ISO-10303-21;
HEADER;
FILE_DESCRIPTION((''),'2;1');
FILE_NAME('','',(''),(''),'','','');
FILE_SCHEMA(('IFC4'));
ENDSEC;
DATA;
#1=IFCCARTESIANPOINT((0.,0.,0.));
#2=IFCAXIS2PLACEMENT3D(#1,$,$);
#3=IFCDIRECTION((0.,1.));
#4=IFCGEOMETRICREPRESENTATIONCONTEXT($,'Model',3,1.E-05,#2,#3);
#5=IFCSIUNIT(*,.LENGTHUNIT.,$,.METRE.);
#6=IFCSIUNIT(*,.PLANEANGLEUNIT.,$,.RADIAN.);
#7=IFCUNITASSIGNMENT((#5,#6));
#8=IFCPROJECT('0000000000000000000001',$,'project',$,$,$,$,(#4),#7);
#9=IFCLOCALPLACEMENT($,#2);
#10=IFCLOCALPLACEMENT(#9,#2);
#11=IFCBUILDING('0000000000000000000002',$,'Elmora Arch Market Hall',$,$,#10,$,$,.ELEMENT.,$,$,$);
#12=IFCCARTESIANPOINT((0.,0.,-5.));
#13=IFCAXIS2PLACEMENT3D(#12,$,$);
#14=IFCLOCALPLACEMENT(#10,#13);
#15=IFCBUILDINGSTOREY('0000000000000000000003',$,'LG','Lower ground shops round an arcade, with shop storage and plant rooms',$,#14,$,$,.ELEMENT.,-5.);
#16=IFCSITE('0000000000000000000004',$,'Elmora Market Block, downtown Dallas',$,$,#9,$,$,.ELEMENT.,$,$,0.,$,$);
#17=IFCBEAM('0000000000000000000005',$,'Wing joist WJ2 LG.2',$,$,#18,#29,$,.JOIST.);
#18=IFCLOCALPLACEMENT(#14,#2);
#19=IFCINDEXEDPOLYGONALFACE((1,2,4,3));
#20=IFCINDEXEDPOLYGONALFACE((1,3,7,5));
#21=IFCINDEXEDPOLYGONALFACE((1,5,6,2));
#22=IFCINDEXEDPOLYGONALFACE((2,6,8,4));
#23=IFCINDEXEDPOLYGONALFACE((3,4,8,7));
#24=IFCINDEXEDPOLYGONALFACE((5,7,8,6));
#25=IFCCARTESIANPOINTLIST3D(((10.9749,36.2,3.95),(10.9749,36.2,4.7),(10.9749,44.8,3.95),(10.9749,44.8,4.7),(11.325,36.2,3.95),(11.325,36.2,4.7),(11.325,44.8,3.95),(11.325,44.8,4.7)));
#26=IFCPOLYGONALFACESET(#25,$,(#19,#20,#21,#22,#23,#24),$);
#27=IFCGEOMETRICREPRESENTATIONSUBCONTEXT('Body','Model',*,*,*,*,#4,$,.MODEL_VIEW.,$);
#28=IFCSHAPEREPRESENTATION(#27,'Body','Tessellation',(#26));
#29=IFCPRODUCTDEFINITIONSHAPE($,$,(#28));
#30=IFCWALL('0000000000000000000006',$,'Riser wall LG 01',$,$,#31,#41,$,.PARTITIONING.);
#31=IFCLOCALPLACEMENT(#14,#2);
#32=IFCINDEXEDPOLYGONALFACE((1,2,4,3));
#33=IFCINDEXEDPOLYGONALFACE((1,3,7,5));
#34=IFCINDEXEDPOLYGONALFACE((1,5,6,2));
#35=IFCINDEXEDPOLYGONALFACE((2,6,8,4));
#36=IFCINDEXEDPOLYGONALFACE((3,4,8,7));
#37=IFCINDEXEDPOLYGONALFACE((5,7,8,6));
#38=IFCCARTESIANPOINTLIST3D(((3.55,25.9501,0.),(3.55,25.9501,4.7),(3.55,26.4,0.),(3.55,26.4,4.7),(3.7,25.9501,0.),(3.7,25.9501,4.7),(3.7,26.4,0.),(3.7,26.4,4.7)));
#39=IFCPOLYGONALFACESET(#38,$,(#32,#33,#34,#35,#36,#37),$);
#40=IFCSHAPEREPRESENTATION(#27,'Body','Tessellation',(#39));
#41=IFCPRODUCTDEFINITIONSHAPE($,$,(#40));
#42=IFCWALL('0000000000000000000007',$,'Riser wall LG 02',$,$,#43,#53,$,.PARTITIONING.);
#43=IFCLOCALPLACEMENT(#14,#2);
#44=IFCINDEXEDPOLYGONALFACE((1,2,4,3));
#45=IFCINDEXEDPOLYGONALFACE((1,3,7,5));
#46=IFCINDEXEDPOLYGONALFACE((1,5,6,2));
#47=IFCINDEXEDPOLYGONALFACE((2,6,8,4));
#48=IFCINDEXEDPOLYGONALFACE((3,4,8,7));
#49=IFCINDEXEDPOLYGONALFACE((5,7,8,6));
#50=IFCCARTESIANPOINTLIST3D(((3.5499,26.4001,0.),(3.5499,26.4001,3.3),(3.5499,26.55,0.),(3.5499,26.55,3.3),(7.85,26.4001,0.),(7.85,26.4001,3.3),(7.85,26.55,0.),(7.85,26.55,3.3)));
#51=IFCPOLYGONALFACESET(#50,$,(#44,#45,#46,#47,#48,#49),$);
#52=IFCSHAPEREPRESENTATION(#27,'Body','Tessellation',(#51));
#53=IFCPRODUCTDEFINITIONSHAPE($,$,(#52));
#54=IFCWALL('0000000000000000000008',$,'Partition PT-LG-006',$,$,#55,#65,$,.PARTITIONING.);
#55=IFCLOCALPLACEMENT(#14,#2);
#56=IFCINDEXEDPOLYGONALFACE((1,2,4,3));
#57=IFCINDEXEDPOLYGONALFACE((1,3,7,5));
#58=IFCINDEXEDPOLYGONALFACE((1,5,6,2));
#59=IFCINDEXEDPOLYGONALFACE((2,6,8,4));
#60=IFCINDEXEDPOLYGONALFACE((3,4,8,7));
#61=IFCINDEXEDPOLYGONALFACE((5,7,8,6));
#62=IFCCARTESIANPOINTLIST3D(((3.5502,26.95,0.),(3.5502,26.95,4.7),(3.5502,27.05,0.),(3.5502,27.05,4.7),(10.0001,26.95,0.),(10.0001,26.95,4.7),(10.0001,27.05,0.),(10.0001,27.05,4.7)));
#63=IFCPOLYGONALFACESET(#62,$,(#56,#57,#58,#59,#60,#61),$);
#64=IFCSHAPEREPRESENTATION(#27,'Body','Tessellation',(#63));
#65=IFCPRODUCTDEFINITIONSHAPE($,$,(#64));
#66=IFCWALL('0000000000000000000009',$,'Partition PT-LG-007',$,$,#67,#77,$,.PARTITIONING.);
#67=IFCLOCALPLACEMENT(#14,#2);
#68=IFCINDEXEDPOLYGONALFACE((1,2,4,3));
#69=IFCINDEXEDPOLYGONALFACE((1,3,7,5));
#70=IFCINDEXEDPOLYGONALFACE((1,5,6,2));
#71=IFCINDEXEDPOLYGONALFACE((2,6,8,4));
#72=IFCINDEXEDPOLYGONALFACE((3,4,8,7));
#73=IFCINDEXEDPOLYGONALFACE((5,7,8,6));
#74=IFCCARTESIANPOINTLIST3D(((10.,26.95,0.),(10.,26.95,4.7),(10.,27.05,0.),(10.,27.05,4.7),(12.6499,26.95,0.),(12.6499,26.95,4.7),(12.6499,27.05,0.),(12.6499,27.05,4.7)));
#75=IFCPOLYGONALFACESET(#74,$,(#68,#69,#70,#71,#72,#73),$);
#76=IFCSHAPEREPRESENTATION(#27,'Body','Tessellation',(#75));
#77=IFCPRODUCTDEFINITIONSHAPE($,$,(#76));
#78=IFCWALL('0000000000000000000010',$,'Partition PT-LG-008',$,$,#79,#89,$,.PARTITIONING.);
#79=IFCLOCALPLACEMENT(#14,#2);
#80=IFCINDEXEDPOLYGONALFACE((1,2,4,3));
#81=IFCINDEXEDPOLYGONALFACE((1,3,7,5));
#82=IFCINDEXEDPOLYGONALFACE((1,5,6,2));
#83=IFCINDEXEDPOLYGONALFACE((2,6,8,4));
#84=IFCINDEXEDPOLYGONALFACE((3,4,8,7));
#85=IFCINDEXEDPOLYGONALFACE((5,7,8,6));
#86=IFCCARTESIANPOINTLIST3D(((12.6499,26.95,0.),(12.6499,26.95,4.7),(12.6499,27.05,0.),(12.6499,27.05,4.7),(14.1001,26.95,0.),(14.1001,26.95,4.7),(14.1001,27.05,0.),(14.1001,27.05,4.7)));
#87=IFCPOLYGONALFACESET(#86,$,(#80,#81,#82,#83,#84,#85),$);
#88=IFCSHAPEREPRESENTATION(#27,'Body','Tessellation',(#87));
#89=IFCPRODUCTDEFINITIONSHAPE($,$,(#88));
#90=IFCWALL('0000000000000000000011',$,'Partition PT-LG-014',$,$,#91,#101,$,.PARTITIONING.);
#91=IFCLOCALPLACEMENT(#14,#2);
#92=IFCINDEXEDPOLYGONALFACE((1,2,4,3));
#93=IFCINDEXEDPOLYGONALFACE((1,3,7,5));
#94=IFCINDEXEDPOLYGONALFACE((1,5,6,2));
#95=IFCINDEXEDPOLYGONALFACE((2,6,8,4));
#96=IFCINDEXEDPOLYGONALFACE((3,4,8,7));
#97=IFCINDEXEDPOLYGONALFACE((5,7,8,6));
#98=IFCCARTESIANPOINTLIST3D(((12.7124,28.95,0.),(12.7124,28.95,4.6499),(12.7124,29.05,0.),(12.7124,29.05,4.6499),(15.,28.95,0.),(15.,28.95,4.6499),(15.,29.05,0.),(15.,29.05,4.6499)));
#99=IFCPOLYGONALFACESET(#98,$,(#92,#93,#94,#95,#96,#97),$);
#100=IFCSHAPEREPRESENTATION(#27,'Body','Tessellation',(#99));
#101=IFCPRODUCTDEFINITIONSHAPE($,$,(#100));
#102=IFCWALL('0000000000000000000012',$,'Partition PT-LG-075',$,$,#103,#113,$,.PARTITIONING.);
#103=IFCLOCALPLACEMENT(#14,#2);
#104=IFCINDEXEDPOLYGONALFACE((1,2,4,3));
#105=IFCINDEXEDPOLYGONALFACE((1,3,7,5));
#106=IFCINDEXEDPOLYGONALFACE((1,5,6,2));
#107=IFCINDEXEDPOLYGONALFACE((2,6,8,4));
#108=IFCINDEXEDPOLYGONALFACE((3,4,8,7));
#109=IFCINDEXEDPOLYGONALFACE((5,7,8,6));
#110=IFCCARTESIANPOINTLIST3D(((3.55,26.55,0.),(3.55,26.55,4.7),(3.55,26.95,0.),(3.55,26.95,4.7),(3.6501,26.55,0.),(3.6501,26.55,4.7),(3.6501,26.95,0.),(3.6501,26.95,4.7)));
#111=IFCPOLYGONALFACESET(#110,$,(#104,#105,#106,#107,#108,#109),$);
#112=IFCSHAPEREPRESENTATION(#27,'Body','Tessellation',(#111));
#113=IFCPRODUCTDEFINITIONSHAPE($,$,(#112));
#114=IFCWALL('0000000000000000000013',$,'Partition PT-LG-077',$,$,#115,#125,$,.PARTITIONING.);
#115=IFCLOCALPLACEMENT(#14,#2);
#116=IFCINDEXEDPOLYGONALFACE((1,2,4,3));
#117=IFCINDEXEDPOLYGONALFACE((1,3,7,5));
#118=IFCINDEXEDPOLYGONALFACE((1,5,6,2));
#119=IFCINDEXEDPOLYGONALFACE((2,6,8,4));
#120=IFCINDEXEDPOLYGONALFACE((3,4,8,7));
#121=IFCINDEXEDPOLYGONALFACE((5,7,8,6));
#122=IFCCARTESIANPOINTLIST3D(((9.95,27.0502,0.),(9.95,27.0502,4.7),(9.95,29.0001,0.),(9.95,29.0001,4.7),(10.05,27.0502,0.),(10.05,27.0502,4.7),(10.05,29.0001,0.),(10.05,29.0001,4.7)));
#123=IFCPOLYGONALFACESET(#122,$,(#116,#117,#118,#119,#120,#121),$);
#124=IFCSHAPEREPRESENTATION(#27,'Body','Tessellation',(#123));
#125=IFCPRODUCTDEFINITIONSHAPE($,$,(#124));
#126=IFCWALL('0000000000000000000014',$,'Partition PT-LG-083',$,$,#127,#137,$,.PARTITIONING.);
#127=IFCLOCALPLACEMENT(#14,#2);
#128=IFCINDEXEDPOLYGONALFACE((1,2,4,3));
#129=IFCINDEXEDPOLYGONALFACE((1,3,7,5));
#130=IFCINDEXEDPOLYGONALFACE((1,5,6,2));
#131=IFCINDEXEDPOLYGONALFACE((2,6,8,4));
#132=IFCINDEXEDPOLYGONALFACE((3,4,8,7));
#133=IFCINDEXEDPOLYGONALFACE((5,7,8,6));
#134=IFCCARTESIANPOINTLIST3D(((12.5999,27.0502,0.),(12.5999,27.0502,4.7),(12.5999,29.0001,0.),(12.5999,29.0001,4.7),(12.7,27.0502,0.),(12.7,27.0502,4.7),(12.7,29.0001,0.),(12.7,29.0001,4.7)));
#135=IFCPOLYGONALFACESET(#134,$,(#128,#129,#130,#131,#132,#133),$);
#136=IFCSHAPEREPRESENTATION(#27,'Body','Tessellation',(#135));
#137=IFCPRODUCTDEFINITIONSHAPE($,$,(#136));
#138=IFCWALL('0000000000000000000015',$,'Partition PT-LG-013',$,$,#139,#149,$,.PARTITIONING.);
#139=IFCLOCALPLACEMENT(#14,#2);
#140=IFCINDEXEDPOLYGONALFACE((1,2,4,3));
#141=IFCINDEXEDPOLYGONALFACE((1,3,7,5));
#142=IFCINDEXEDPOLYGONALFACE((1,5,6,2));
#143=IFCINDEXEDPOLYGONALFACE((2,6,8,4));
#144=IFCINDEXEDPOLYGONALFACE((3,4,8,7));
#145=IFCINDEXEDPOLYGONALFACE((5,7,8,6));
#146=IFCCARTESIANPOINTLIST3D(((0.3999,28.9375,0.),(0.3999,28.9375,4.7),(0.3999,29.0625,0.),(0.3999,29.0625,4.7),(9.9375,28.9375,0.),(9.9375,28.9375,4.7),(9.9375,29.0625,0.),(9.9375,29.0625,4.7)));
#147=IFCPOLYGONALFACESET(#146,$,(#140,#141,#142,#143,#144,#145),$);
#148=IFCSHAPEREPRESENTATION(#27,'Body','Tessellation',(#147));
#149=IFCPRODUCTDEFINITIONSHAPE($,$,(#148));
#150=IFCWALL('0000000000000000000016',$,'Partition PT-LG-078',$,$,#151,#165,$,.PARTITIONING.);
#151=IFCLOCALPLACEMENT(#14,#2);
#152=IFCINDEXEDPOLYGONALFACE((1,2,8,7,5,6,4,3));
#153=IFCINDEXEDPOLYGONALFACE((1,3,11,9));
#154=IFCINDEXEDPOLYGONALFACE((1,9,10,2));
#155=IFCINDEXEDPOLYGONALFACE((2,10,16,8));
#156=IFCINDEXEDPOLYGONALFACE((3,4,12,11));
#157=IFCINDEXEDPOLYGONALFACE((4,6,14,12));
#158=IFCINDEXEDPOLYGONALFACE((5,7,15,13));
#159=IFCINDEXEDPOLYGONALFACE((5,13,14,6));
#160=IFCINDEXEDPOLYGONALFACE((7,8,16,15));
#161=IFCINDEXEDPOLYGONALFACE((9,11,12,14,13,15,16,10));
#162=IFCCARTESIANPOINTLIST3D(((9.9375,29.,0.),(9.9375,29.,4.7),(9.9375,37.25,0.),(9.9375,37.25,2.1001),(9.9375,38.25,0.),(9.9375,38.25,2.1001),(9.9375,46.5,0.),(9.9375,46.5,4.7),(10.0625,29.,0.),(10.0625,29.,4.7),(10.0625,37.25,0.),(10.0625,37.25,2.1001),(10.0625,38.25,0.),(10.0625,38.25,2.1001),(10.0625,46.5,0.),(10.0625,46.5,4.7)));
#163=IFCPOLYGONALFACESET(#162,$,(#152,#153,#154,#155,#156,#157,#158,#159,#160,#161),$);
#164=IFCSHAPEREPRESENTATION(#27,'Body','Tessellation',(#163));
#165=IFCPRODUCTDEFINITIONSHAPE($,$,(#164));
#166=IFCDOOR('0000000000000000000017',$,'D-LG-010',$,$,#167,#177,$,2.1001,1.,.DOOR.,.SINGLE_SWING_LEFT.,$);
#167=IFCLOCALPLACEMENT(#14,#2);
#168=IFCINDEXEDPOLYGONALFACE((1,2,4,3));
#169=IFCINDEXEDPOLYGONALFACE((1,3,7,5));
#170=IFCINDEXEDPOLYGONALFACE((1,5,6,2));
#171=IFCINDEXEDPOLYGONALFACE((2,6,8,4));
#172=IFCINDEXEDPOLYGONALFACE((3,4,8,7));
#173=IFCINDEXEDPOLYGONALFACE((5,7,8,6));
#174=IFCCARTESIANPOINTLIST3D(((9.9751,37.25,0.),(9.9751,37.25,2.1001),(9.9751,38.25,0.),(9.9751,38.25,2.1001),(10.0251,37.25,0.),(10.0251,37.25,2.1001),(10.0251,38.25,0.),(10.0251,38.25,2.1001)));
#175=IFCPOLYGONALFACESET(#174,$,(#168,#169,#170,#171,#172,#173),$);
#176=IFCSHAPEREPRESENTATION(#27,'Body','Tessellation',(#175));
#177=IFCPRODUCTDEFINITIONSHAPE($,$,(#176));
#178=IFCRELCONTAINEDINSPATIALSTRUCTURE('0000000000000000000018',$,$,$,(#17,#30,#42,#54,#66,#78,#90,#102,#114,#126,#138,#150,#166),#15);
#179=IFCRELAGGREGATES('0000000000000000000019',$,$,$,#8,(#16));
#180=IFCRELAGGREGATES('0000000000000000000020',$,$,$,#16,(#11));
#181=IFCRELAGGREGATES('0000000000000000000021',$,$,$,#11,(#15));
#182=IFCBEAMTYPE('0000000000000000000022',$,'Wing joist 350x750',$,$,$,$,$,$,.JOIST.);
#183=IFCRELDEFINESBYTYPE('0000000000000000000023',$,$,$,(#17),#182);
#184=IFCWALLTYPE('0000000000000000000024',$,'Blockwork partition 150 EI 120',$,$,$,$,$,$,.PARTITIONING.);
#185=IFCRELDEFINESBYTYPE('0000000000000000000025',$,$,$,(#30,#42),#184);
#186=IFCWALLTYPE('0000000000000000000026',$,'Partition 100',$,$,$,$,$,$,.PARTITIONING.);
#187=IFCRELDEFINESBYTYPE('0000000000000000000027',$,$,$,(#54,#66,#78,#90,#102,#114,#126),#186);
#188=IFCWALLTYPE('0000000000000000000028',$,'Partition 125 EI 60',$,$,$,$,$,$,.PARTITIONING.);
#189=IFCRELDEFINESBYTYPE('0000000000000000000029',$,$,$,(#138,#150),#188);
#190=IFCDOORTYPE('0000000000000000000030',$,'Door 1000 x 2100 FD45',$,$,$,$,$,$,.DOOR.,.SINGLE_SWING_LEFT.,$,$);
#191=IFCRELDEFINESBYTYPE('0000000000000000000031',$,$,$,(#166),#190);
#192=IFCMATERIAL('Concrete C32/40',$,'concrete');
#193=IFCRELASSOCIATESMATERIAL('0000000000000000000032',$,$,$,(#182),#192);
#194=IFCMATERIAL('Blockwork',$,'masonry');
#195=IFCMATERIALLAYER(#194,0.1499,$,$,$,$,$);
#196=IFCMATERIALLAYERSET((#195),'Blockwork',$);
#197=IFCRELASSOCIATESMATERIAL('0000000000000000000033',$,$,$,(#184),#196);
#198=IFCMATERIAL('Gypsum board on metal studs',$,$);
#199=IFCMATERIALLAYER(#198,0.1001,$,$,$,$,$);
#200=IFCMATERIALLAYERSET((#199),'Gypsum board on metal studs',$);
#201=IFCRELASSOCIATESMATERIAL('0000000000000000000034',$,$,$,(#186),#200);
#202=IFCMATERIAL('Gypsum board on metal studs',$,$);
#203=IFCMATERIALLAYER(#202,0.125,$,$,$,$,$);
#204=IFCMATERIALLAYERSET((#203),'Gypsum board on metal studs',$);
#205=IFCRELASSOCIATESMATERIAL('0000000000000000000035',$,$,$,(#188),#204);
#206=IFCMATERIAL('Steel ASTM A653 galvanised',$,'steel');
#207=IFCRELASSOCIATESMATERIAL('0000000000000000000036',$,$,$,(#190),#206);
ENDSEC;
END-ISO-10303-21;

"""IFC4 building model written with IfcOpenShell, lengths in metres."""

from ifc_helpers import new_model, si_unit, direction, frame, frame_2d, origin, origin_2d, place, context, subcontext, project, spatial, rectangle, extrude, material, layer, layer_set, material_profile, profile_set, type_object, element, fill, save


model = new_model("IFC4")

# Units and contexts
model_context = context("Model", 3, precision=1e-05, world=origin(), true_north=direction((0.0, 1.0)))
body_context = subcontext(model_context, "Body", "Model", "MODEL_VIEW")
ifc_project = project(units=[si_unit("LENGTHUNIT", "METRE"), si_unit("PLANEANGLEUNIT", "RADIAN")], contexts=[model_context])

# Site, building, storey
site_placement = place(None, origin())
site = spatial("IfcSite", under=ifc_project, at=site_placement, Name="Elmora Market Block, downtown Dallas", CompositionType="ELEMENT", RefElevation=0.0)
building_placement = place(site_placement, origin())
building = spatial("IfcBuilding", under=site, at=building_placement, Name="Elmora Arch Market Hall", CompositionType="ELEMENT")
storey_placement = place(building_placement, frame((0.0, 0.0, -5.0)))
storey = spatial("IfcBuildingStorey", under=building, at=storey_placement, Name="LG", Description="Lower ground shops round an arcade, with shop storage and plant rooms", CompositionType="ELEMENT", Elevation=-5.0)

# Beam
ifc_material_1 = material(Name="Concrete C32/40", Category="concrete")
ifc_material_profile_1 = material_profile(ifc_material_1, rectangle(XDim=0.3501, YDim=0.75, at=origin_2d()), Name="Wing joist 350x750")
ifc_profile_set_1 = profile_set([ifc_material_profile_1], Name="Concrete C32/40")
beam_type_1 = type_object("IfcBeamType", Name="Wing joist 350x750", PredefinedType="JOIST", material=ifc_profile_set_1)
beam_1_placement = place(storey_placement, frame((11.1499, 36.2, 4.325), z_axis=(0.0, 1.0, 0.0), x_axis=(-1.0, 0.0, 0.0)))
element("IfcBeam", 1, at=beam_1_placement, inside=storey, type_object=beam_type_1, Name="Wing joist WJ2 LG.2", PredefinedType="JOIST", context=body_context, shape_type="SweptSolid", body=[
    extrude(rectangle(XDim=0.3501, YDim=0.75, at=origin_2d()), origin(), (0.0, 0.0, 1.0), 8.6001),
])

# Walls
ifc_material_2 = material(Name="Blockwork", Category="masonry")
ifc_layer_1 = layer(ifc_material_2, 0.1499)
ifc_layer_set_1 = layer_set([ifc_layer_1], Name="Blockwork")
wall_type_1 = type_object("IfcWallType", Name="Blockwork partition 150 EI 120", PredefinedType="PARTITIONING", material=ifc_layer_set_1)
wall_1_placement = place(storey_placement, frame((3.625, 25.95, 0.0), z_axis=(0.0, 0.0, 1.0), x_axis=(0.0, 1.0, 0.0)))
element("IfcWall", 2, at=wall_1_placement, inside=storey, type_object=wall_type_1, Name="Riser wall LG 01", PredefinedType="PARTITIONING", context=body_context, shape_type="SweptSolid", body=[
    extrude(rectangle(XDim=0.45, YDim=0.1499, at=frame_2d((0.2251, 0.0))), origin(), (0.0, 0.0, 1.0), 4.7),
])
wall_2_placement = place(storey_placement, frame((3.55, 26.4751, 0.0), z_axis=(0.0, 0.0, 1.0), x_axis=(1.0, 0.0, 0.0)))
element("IfcWall", 3, at=wall_2_placement, inside=storey, type_object=wall_type_1, Name="Riser wall LG 02", PredefinedType="PARTITIONING", context=body_context, shape_type="SweptSolid", body=[
    extrude(rectangle(XDim=4.3, YDim=0.1499, at=frame_2d((2.1499, 0.0))), origin(), (0.0, 0.0, 1.0), 3.3),
])
ifc_material_3 = material(Name="Gypsum board on metal studs")
ifc_layer_2 = layer(ifc_material_3, 0.1001)
ifc_layer_set_2 = layer_set([ifc_layer_2], Name="Gypsum board on metal studs")
wall_type_2 = type_object("IfcWallType", Name="Partition 100", PredefinedType="PARTITIONING", material=ifc_layer_set_2)
wall_3_placement = place(storey_placement, frame((3.55, 27.0, 0.0), z_axis=(0.0, 0.0, 1.0), x_axis=(1.0, 0.0, 0.0)))
element("IfcWall", 4, at=wall_3_placement, inside=storey, type_object=wall_type_2, Name="Partition PT-LG-006", PredefinedType="PARTITIONING", context=body_context, shape_type="SweptSolid", body=[
    extrude(rectangle(XDim=6.45, YDim=0.1001, at=frame_2d((3.2251, 0.0))), origin(), (0.0, 0.0, 1.0), 4.7),
])
wall_4_placement = place(storey_placement, frame((10.0, 27.0, 0.0), z_axis=(0.0, 0.0, 1.0), x_axis=(1.0, 0.0, 0.0)))
element("IfcWall", 5, at=wall_4_placement, inside=storey, type_object=wall_type_2, Name="Partition PT-LG-007", PredefinedType="PARTITIONING", context=body_context, shape_type="SweptSolid", body=[
    extrude(rectangle(XDim=2.6499, YDim=0.1001, at=frame_2d((1.325, 0.0))), origin(), (0.0, 0.0, 1.0), 4.7),
])
wall_5_placement = place(storey_placement, frame((12.6499, 27.0, 0.0), z_axis=(0.0, 0.0, 1.0), x_axis=(1.0, 0.0, 0.0)))
element("IfcWall", 6, at=wall_5_placement, inside=storey, type_object=wall_type_2, Name="Partition PT-LG-008", PredefinedType="PARTITIONING", context=body_context, shape_type="SweptSolid", body=[
    extrude(rectangle(XDim=1.4502, YDim=0.1001, at=frame_2d((0.7251, 0.0))), origin(), (0.0, 0.0, 1.0), 4.7),
])
wall_6_placement = place(storey_placement, frame((12.7124, 29.0, 0.0), z_axis=(0.0, 0.0, 1.0), x_axis=(1.0, 0.0, 0.0)))
element("IfcWall", 7, at=wall_6_placement, inside=storey, type_object=wall_type_2, Name="Partition PT-LG-014", PredefinedType="PARTITIONING", context=body_context, shape_type="SweptSolid", body=[
    extrude(rectangle(XDim=2.2876, YDim=0.1001, at=frame_2d((1.1438, 0.0))), origin(), (0.0, 0.0, 1.0), 4.6499),
])
wall_7_placement = place(storey_placement, frame((3.6001, 26.55, 0.0), z_axis=(0.0, 0.0, 1.0), x_axis=(0.0, 1.0, 0.0)))
element("IfcWall", 8, at=wall_7_placement, inside=storey, type_object=wall_type_2, Name="Partition PT-LG-075", PredefinedType="PARTITIONING", context=body_context, shape_type="SweptSolid", body=[
    extrude(rectangle(XDim=0.3999, YDim=0.1001, at=frame_2d((0.2, 0.0))), origin(), (0.0, 0.0, 1.0), 4.7),
])
for number, where, z_axis, x_axis, name in (
    (9, (10.0, 27.05, 0.0), (0.0, 0.0, 1.0), (0.0, 1.0, 0.0), "Partition PT-LG-077"),
    (10, (12.6499, 27.05, 0.0), (0.0, 0.0, 1.0), (0.0, 1.0, 0.0), "Partition PT-LG-083"),
):
    element("IfcWall", number, at=place(storey_placement, frame(where, z_axis=z_axis, x_axis=x_axis)), inside=storey, type_object=wall_type_2, Name=name, PredefinedType="PARTITIONING", context=body_context, shape_type="SweptSolid", body=[
        extrude(rectangle(XDim=1.95, YDim=0.1001, at=frame_2d((0.9751, 0.0))), origin(), (0.0, 0.0, 1.0), 4.7),
    ])
ifc_material_4 = material(Name="Gypsum board on metal studs")
ifc_layer_3 = layer(ifc_material_4, 0.125)
ifc_layer_set_3 = layer_set([ifc_layer_3], Name="Gypsum board on metal studs")
wall_type_3 = type_object("IfcWallType", Name="Partition 125 EI 60", PredefinedType="PARTITIONING", material=ifc_layer_set_3)
wall_8_placement = place(storey_placement, frame((0.3999, 29.0, 0.0), z_axis=(0.0, 0.0, 1.0), x_axis=(1.0, 0.0, 0.0)))
element("IfcWall", 11, at=wall_8_placement, inside=storey, type_object=wall_type_3, Name="Partition PT-LG-013", PredefinedType="PARTITIONING", context=body_context, shape_type="SweptSolid", body=[
    extrude(rectangle(XDim=9.5376, YDim=0.125, at=frame_2d((4.7688, 0.0))), origin(), (0.0, 0.0, 1.0), 4.7),
])

# Wall, opening, door
wall_9_placement = place(storey_placement, frame((10.0, 29.0, 0.0), z_axis=(0.0, 0.0, 1.0), x_axis=(0.0, 1.0, 0.0)))
wall_9 = element("IfcWall", 12, at=wall_9_placement, inside=storey, type_object=wall_type_3, Name="Partition PT-LG-078", PredefinedType="PARTITIONING", context=body_context, shape_type="SweptSolid", body=[
    extrude(rectangle(XDim=17.5, YDim=0.125, at=frame_2d((8.75, 0.0))), origin(), (0.0, 0.0, 1.0), 4.7),
])
opening_1_placement = place(wall_9_placement, frame((8.25, 0.0, 0.0)))
opening_1 = element("IfcOpeningElement", 13, at=opening_1_placement, cuts=wall_9, PredefinedType="OPENING", context=body_context, shape_type="SweptSolid", body=[
    extrude(rectangle(XDim=1.0, YDim=2.1001, at=frame_2d((0.5, 1.05))), frame((0.0, 0.0725, 0.0), z_axis=(0.0, -1.0, 0.0), x_axis=(1.0, 0.0, 0.0)), (0.0, 0.0, 1.0), 0.145),
])
ifc_material_5 = material(Name="Steel ASTM A653 galvanised", Category="steel")
door_type = type_object("IfcDoorType", Name="Door 1000 x 2100 FD45", OperationType="SINGLE_SWING_LEFT", PredefinedType="DOOR", material=ifc_material_5)
door_1_placement = place(opening_1_placement, origin())
door_1 = element("IfcDoor", 14, at=door_1_placement, inside=storey, type_object=door_type, Name="D-LG-010", OperationType="SINGLE_SWING_LEFT", OverallHeight=2.1001, OverallWidth=1.0, PredefinedType="DOOR", context=body_context, shape_type="SweptSolid", body=[
    extrude(rectangle(XDim=1.0, YDim=2.1001, at=frame_2d((0.5, 1.05))), frame((0.0, 0.0249, 0.0), z_axis=(0.0, -1.0, 0.0), x_axis=(1.0, 0.0, 0.0)), (0.0, 0.0, 1.0), 0.05),
])
fill(opening_1, door_1)

save(model, "model.ifc")
